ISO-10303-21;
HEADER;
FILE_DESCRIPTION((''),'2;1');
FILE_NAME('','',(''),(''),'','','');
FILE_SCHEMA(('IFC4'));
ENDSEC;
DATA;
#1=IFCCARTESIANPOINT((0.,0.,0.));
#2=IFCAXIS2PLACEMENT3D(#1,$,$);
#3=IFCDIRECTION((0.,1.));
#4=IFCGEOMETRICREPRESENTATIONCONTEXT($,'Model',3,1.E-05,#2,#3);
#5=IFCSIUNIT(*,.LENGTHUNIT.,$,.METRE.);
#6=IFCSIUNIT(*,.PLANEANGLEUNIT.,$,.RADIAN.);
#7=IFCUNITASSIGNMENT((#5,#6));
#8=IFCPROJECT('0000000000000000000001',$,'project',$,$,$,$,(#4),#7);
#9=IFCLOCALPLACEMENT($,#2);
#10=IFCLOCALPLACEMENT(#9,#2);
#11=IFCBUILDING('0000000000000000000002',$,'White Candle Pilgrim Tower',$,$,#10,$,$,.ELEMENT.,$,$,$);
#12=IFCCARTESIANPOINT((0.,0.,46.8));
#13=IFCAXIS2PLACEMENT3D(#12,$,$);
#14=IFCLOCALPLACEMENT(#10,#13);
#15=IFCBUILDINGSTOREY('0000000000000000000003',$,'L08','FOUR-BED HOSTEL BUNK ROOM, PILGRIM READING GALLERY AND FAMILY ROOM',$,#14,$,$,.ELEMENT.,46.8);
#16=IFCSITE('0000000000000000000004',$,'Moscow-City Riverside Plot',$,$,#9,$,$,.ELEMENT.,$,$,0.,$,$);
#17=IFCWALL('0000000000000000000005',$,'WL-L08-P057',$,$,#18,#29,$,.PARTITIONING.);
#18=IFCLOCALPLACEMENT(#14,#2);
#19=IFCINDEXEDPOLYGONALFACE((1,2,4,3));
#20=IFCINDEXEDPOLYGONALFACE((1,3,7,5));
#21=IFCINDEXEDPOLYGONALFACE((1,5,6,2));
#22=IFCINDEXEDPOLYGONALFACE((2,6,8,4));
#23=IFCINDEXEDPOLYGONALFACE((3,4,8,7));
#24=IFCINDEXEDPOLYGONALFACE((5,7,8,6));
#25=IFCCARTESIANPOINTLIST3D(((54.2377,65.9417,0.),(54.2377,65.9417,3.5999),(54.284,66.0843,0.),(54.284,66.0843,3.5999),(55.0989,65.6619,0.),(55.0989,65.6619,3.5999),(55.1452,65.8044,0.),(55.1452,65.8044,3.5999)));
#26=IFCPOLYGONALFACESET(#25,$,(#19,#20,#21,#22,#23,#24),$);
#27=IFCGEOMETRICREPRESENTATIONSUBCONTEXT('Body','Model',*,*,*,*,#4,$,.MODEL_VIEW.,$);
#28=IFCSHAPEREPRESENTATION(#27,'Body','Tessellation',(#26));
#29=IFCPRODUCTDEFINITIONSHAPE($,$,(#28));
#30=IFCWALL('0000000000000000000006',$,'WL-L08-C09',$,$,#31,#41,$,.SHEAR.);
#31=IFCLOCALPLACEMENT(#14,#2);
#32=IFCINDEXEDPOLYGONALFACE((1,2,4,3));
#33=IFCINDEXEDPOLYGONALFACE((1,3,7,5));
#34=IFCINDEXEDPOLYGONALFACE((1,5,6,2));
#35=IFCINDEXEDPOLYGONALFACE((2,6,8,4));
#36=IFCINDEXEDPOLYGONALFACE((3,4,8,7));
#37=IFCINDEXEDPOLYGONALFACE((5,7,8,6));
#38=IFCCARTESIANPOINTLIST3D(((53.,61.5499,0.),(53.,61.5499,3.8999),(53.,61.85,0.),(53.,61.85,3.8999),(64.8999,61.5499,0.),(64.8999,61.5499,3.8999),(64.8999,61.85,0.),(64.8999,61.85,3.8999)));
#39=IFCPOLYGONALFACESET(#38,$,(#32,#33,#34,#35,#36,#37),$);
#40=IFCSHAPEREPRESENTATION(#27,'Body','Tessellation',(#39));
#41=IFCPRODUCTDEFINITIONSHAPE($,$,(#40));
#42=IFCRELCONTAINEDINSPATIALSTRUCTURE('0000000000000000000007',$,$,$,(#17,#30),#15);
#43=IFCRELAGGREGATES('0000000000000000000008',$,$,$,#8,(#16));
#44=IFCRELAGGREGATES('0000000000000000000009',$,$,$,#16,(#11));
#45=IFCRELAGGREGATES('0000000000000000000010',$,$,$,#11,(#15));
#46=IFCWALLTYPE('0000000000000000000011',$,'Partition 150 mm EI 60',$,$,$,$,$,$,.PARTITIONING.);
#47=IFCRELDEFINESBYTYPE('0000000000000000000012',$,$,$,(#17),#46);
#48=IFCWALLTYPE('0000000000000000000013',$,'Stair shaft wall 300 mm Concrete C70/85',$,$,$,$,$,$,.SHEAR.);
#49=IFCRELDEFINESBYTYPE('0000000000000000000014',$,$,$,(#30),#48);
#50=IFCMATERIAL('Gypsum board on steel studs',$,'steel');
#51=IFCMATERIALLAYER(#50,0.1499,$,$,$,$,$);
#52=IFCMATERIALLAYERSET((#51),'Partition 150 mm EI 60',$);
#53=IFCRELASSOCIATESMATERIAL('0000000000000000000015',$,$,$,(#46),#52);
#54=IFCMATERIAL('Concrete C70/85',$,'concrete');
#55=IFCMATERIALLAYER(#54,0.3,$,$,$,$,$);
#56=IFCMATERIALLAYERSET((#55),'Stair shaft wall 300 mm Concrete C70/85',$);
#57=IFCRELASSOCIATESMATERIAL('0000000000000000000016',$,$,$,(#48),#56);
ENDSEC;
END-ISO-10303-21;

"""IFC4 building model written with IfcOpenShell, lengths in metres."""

from ifc_helpers import new_model, si_unit, direction, frame, frame_2d, origin, place, context, subcontext, project, spatial, rectangle, extrude, material, layer, layer_set, type_object, element, save


model = new_model("IFC4")

# Units and contexts
model_context = context("Model", 3, precision=1e-05, world=origin(), true_north=direction((0.0, 1.0)))
body_context = subcontext(model_context, "Body", "Model", "MODEL_VIEW")
ifc_project = project(units=[si_unit("LENGTHUNIT", "METRE"), si_unit("PLANEANGLEUNIT", "RADIAN")], contexts=[model_context])

# Site, building, storey
site_placement = place(None, origin())
site = spatial("IfcSite", under=ifc_project, at=site_placement, Name="Moscow-City Riverside Plot", CompositionType="ELEMENT", RefElevation=0.0)
building_placement = place(site_placement, origin())
building = spatial("IfcBuilding", under=site, at=building_placement, Name="White Candle Pilgrim Tower", CompositionType="ELEMENT")
storey_placement = place(building_placement, frame((0.0, 0.0, 46.8)))
storey = spatial("IfcBuildingStorey", under=building, at=storey_placement, Name="L08", Description="FOUR-BED HOSTEL BUNK ROOM, PILGRIM READING GALLERY AND FAMILY ROOM", CompositionType="ELEMENT", Elevation=46.8)

# Shared definitions
ifc_material_1 = material(Name="Gypsum board on steel studs", Category="steel")

# Walls
ifc_layer_1 = layer(ifc_material_1, 0.1499)
ifc_layer_set_1 = layer_set([ifc_layer_1], Name="Partition 150 mm EI 60")
wall_type_1 = type_object("IfcWallType", Name="Partition 150 mm EI 60", PredefinedType="PARTITIONING", material=ifc_layer_set_1)
wall_1_placement = place(storey_placement, frame((54.261, 66.0129, 0.0), z_axis=(0.0, 0.0, 1.0), x_axis=(0.951056, -0.309019, 0.0)))
element("IfcWall", 1, at=wall_1_placement, inside=storey, type_object=wall_type_1, Name="WL-L08-P057", PredefinedType="PARTITIONING", context=body_context, shape_type="SweptSolid", body=[
    extrude(rectangle(XDim=0.9055, YDim=0.1499, at=frame_2d((0.4526, 0.0))), origin(), (0.0, 0.0, 1.0), 3.5999),
])
ifc_material_2 = material(Name="Concrete C70/85", Category="concrete")
ifc_layer_2 = layer(ifc_material_2, 0.3)
ifc_layer_set_2 = layer_set([ifc_layer_2], Name="Stair shaft wall 300 mm Concrete C70/85")
wall_type_2 = type_object("IfcWallType", Name="Stair shaft wall 300 mm Concrete C70/85", PredefinedType="SHEAR", material=ifc_layer_set_2)
wall_2_placement = place(storey_placement, frame((53.0, 61.7, 0.0), z_axis=(0.0, 0.0, 1.0), x_axis=(1.0, 0.0, 0.0)))
element("IfcWall", 2, at=wall_2_placement, inside=storey, type_object=wall_type_2, Name="WL-L08-C09", PredefinedType="SHEAR", context=body_context, shape_type="SweptSolid", body=[
    extrude(rectangle(XDim=11.8999, YDim=0.3, at=frame_2d((5.95, 0.0))), origin(), (0.0, 0.0, 1.0), 3.8999),
])

save(model, "model.ifc")
